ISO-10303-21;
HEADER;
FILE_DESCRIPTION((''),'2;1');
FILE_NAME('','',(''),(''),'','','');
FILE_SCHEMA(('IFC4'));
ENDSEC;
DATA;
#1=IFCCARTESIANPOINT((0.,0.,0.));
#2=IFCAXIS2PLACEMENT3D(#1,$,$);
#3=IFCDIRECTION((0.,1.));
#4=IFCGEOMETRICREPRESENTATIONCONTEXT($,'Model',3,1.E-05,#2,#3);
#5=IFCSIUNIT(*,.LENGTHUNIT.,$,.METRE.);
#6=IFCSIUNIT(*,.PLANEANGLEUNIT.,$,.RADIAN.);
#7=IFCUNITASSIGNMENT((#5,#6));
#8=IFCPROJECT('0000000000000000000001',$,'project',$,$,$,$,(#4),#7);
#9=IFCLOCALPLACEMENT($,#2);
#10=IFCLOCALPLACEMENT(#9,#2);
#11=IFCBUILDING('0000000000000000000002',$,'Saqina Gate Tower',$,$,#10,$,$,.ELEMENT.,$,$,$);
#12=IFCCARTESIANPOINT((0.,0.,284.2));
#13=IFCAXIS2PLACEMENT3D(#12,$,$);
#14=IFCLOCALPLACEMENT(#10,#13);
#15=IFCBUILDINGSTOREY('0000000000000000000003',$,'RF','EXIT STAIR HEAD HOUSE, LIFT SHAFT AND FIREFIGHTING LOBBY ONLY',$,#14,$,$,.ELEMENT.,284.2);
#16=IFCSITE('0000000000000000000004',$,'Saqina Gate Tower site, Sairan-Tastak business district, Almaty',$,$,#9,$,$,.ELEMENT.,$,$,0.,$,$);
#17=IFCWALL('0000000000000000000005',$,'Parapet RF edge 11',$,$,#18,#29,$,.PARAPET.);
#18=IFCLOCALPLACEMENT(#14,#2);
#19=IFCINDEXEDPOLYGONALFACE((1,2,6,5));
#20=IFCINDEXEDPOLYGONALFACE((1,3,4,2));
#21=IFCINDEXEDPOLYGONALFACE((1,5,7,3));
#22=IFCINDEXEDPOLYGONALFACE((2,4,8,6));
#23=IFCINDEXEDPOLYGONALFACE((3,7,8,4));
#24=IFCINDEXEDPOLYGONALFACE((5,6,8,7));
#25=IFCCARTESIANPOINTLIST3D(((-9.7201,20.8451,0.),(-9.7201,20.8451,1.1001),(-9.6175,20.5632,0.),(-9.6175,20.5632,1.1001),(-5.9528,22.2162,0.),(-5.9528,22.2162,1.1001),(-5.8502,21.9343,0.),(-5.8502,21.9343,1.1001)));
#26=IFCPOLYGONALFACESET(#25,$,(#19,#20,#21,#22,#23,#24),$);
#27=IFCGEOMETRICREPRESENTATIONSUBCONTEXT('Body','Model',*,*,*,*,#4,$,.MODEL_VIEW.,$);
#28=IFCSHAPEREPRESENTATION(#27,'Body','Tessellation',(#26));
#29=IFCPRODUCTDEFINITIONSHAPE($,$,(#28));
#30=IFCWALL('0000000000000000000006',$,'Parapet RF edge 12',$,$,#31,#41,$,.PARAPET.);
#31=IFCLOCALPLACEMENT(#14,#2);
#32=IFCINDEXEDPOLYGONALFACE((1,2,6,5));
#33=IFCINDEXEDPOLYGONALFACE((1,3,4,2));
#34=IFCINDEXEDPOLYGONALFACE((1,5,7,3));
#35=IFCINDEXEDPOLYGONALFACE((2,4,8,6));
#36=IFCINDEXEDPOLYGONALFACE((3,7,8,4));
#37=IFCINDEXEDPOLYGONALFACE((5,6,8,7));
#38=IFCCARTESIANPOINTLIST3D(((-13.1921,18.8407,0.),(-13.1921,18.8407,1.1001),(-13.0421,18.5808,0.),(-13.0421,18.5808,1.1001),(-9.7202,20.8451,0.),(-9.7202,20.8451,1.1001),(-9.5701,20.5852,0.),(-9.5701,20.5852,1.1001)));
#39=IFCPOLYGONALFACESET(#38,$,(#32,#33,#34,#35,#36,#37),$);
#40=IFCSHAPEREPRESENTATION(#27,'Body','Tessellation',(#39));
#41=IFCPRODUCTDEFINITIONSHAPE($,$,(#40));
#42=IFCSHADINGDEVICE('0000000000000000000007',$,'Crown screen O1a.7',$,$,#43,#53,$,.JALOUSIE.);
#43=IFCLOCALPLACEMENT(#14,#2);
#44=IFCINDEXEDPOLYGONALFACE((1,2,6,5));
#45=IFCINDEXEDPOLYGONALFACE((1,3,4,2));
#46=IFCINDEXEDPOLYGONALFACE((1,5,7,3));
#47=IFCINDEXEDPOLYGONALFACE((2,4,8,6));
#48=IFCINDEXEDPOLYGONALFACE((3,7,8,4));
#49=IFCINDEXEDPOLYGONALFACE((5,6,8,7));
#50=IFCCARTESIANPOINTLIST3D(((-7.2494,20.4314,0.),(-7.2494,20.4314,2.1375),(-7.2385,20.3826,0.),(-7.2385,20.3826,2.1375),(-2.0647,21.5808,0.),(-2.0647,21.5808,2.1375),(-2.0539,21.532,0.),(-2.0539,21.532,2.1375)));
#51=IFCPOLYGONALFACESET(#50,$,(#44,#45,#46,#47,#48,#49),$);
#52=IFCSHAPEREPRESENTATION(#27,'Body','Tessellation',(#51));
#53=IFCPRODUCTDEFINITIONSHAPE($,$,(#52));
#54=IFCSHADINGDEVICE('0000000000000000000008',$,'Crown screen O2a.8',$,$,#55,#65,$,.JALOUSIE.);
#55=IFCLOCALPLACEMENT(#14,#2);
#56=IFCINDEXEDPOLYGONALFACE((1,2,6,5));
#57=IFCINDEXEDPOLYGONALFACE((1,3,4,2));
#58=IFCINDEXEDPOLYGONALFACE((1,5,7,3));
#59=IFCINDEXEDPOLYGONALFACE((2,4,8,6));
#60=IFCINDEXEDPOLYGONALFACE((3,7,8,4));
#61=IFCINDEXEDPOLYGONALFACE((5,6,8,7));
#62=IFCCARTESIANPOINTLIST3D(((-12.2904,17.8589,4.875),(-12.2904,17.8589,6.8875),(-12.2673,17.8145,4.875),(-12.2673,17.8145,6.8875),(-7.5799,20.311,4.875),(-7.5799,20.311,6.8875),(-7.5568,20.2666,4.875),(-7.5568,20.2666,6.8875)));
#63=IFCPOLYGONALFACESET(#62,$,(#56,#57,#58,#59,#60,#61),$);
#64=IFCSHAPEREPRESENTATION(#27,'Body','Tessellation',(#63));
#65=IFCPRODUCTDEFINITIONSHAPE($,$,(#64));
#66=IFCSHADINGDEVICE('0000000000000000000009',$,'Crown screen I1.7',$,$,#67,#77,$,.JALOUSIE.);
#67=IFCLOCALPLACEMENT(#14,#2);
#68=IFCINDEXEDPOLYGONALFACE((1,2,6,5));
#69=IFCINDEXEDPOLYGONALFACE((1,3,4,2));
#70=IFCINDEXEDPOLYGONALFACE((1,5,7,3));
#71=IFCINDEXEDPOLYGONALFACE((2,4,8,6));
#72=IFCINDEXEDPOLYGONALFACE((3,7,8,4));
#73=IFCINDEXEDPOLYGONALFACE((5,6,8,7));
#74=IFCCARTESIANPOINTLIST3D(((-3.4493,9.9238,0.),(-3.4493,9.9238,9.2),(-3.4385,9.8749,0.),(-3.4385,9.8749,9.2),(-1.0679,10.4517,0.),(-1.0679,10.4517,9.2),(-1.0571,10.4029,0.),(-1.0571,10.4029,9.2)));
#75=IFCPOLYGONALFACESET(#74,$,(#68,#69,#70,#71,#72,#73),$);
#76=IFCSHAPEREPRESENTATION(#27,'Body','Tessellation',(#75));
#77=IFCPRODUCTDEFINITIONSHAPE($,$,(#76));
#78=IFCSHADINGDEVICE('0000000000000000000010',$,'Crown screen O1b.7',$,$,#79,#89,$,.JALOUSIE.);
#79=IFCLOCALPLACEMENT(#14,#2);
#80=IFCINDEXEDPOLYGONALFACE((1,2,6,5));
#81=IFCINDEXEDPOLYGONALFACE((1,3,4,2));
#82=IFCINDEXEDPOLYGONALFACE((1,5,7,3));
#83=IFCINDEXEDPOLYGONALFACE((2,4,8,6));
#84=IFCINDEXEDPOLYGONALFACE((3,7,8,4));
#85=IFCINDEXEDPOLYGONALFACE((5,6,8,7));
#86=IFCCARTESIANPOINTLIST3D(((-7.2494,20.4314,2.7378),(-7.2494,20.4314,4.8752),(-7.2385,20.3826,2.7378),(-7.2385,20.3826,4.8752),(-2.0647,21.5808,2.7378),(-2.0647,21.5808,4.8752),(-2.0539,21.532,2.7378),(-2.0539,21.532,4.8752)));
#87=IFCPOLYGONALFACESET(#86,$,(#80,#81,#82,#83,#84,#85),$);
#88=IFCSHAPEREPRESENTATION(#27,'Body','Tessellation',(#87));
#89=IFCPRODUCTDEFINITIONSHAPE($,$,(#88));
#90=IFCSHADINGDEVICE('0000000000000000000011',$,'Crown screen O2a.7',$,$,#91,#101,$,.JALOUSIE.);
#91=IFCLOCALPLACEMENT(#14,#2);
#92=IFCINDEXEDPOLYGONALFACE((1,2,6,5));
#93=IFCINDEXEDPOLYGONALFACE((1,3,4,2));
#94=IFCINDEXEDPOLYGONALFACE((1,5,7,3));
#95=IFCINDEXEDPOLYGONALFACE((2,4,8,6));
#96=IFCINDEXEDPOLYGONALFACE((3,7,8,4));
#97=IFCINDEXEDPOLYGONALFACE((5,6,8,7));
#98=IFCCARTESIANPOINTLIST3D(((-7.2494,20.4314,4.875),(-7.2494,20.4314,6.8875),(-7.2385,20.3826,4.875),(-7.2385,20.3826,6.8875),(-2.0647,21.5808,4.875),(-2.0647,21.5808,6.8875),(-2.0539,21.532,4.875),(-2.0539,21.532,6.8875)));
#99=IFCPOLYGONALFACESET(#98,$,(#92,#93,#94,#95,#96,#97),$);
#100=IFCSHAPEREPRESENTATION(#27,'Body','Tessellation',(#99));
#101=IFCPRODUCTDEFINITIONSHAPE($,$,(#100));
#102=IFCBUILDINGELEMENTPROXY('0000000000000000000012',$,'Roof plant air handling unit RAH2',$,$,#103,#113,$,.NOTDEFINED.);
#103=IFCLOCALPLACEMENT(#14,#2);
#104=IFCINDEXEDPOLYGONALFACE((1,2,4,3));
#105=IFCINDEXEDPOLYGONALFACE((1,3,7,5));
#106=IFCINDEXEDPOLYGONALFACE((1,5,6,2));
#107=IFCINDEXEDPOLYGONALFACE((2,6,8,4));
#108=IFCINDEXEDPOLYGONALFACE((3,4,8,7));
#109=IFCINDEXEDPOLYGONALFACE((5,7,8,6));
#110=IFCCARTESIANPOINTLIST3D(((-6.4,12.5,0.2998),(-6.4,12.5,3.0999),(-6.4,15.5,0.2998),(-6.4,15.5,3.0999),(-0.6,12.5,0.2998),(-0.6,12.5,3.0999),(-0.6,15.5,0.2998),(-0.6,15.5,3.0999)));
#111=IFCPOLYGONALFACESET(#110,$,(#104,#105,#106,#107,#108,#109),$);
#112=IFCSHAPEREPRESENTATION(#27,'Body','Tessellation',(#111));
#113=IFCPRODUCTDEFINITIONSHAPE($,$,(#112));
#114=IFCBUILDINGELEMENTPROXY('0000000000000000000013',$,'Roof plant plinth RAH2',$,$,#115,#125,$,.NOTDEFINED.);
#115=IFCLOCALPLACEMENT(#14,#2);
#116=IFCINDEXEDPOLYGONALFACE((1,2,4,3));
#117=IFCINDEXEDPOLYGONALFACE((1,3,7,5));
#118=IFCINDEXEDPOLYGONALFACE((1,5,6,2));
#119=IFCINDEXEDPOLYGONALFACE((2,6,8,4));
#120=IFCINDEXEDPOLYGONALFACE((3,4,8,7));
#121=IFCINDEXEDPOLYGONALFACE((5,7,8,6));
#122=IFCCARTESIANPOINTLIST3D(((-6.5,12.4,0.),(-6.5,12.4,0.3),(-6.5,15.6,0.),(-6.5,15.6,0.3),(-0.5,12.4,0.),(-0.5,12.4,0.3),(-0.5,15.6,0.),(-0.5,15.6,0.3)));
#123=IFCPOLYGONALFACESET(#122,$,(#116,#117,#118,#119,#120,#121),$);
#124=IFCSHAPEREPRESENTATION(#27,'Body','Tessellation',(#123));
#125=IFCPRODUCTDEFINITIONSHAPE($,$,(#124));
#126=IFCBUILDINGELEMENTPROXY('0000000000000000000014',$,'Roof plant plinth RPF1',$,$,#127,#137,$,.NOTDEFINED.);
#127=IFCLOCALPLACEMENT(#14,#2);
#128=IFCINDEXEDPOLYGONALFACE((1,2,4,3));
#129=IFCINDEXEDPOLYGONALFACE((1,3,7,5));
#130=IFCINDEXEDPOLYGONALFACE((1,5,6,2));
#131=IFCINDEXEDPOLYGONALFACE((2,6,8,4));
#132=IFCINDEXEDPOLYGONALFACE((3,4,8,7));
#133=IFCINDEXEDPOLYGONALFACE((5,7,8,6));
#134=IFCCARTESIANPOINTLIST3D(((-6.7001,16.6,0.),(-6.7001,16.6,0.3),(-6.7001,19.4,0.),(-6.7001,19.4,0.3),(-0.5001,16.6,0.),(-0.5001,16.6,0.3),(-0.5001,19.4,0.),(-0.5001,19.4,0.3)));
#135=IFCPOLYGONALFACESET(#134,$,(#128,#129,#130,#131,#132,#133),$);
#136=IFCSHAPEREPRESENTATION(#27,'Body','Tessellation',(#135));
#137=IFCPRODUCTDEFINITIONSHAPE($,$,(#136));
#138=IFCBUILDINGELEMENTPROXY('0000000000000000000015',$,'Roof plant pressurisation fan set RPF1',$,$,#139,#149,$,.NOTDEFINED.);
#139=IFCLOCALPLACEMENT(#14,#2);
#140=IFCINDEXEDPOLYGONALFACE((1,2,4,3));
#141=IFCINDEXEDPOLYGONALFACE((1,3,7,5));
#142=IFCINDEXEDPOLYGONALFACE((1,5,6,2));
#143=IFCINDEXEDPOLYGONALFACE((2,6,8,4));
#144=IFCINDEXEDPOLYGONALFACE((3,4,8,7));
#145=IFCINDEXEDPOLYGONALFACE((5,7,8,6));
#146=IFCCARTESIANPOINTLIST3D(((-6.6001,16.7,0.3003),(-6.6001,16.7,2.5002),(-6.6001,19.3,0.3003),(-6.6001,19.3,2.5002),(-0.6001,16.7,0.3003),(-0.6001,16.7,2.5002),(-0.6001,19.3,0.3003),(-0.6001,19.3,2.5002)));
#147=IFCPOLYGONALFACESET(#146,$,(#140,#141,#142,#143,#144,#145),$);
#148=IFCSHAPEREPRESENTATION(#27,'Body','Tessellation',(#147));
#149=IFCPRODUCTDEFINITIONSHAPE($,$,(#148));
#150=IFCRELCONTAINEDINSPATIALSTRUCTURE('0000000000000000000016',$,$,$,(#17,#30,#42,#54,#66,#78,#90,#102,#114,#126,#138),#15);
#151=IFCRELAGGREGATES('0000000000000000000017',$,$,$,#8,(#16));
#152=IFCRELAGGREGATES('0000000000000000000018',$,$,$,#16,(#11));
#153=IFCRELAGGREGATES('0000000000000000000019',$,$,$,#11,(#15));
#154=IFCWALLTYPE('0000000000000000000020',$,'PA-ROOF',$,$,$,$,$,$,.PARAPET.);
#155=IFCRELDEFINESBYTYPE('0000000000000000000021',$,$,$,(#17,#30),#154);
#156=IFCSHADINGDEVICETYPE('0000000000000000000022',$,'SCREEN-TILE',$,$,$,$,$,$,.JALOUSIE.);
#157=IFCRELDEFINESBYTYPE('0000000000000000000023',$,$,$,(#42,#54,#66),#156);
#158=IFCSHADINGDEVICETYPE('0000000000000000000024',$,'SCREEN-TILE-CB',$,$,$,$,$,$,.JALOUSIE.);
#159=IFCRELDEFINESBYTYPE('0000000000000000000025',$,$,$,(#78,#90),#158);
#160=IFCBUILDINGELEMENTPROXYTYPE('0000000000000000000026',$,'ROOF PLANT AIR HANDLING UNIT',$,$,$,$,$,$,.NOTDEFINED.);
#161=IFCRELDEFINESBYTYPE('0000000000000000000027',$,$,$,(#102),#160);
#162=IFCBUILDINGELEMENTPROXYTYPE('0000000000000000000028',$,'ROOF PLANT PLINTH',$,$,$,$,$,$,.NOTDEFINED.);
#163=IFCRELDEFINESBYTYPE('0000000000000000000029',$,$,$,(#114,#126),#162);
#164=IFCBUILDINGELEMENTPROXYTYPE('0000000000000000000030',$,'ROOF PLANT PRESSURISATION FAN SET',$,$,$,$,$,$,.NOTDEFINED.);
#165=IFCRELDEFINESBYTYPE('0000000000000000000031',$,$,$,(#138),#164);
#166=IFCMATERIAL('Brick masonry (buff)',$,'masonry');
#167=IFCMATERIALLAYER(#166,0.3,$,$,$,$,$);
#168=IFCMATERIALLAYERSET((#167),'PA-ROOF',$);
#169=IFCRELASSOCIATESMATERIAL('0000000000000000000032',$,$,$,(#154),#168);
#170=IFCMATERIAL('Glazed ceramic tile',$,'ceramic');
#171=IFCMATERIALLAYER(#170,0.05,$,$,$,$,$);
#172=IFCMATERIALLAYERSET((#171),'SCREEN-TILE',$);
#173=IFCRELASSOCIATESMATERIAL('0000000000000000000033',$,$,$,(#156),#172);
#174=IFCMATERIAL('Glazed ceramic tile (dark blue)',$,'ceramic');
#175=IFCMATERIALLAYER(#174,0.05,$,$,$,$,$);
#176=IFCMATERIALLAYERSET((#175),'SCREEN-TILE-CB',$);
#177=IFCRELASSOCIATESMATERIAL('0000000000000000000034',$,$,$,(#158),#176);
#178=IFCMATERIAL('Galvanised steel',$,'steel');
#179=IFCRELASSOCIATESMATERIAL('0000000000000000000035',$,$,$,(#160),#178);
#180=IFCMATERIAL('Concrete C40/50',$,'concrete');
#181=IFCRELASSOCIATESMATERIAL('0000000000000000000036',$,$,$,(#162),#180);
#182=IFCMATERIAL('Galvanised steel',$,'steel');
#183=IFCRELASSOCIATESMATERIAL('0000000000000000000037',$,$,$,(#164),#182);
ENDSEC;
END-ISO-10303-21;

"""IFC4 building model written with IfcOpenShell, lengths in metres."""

from ifc_helpers import new_model, si_unit, direction, frame, frame_2d, origin, origin_2d, place, context, subcontext, project, spatial, rectangle, extrude, material, layer, layer_set, type_object, element, save


model = new_model("IFC4")

# Units and contexts
model_context = context("Model", 3, precision=1e-05, world=origin(), true_north=direction((0.0, 1.0)))
body_context = subcontext(model_context, "Body", "Model", "MODEL_VIEW")
ifc_project = project(units=[si_unit("LENGTHUNIT", "METRE"), si_unit("PLANEANGLEUNIT", "RADIAN")], contexts=[model_context])

# Site, building, storey
site_placement = place(None, origin())
site = spatial("IfcSite", under=ifc_project, at=site_placement, Name="Saqina Gate Tower site, Sairan-Tastak business district, Almaty", CompositionType="ELEMENT", RefElevation=0.0)
building_placement = place(site_placement, origin())
building = spatial("IfcBuilding", under=site, at=building_placement, Name="Saqina Gate Tower", CompositionType="ELEMENT")
storey_placement = place(building_placement, frame((0.0, 0.0, 284.2)))
storey = spatial("IfcBuildingStorey", under=building, at=storey_placement, Name="RF", Description="EXIT STAIR HEAD HOUSE, LIFT SHAFT AND FIREFIGHTING LOBBY ONLY", CompositionType="ELEMENT", Elevation=284.2)

# Walls
ifc_material_1 = material(Name="Brick masonry (buff)", Category="masonry")
ifc_layer_1 = layer(ifc_material_1, 0.3)
ifc_layer_set_1 = layer_set([ifc_layer_1], Name="PA-ROOF")
wall_type = type_object("IfcWallType", Name="PA-ROOF", PredefinedType="PARAPET", material=ifc_layer_set_1)
for number, where, z_axis, x_axis, name in (
    (1, (-5.9016, 22.0752, 0.0), (0.0, 0.0, 1.0), (-0.939701, -0.341997, 0.0), "Parapet RF edge 11"),
    (2, (-9.6453, 20.7151, 0.0), (0.0, 0.0, 1.0), (-0.866039, -0.499977, 0.0), "Parapet RF edge 12"),
):
    element("IfcWall", number, at=place(storey_placement, frame(where, z_axis=z_axis, x_axis=x_axis)), inside=storey, type_object=wall_type, Name=name, PredefinedType="PARAPET", context=body_context, shape_type="SweptSolid", body=[
        extrude(rectangle(XDim=4.009, YDim=0.3, at=frame_2d((2.0044, 0.0))), origin(), (0.0, 0.0, 1.0), 1.1001),
    ])

# Shading devices
ifc_material_2 = material(Name="Glazed ceramic tile", Category="ceramic")
ifc_layer_2 = layer(ifc_material_2, 0.05)
ifc_layer_set_2 = layer_set([ifc_layer_2], Name="SCREEN-TILE")
shading_device_type_1 = type_object("IfcShadingDeviceType", Name="SCREEN-TILE", PredefinedType="JALOUSIE", material=ifc_layer_set_2)
shading_device_1_placement = place(storey_placement, frame((-4.6516, 20.9817, 0.0), z_axis=(0.0, 0.0, 1.0), x_axis=(-0.976296, -0.21644, 0.0)))
element("IfcShadingDevice", 3, at=shading_device_1_placement, inside=storey, type_object=shading_device_type_1, Name="Crown screen O1a.7", PredefinedType="JALOUSIE", context=body_context, shape_type="SweptSolid", body=[
    extrude(rectangle(XDim=5.3105, YDim=0.05, at=origin_2d()), origin(), (0.0, 0.0, 1.0), 2.1375),
])
shading_device_2_placement = place(storey_placement, frame((-9.9236, 19.0627, 4.875), z_axis=(0.0, 0.0, 1.0), x_axis=(-0.887011, -0.461749, 0.0)))
element("IfcShadingDevice", 4, at=shading_device_2_placement, inside=storey, type_object=shading_device_type_1, Name="Crown screen O2a.8", PredefinedType="JALOUSIE", context=body_context, shape_type="SweptSolid", body=[
    extrude(rectangle(XDim=5.3105, YDim=0.05, at=origin_2d()), origin(), (0.0, 0.0, 1.0), 2.0125),
])
shading_device_3_placement = place(storey_placement, frame((-2.2532, 10.1633, 0.0), z_axis=(0.0, 0.0, 1.0), x_axis=(-0.976296, -0.21644, 0.0)))
element("IfcShadingDevice", 5, at=shading_device_3_placement, inside=storey, type_object=shading_device_type_1, Name="Crown screen I1.7", PredefinedType="JALOUSIE", context=body_context, shape_type="SweptSolid", body=[
    extrude(rectangle(XDim=2.4392, YDim=0.05, at=origin_2d()), origin(), (0.0, 0.0, 1.0), 9.2),
])
ifc_material_3 = material(Name="Glazed ceramic tile (dark blue)", Category="ceramic")
ifc_layer_3 = layer(ifc_material_3, 0.05)
ifc_layer_set_3 = layer_set([ifc_layer_3], Name="SCREEN-TILE-CB")
shading_device_type_2 = type_object("IfcShadingDeviceType", Name="SCREEN-TILE-CB", PredefinedType="JALOUSIE", material=ifc_layer_set_3)
shading_device_4_placement = place(storey_placement, frame((-4.6516, 20.9817, 2.7378), z_axis=(0.0, 0.0, 1.0), x_axis=(-0.976296, -0.21644, 0.0)))
element("IfcShadingDevice", 6, at=shading_device_4_placement, inside=storey, type_object=shading_device_type_2, Name="Crown screen O1b.7", PredefinedType="JALOUSIE", context=body_context, shape_type="SweptSolid", body=[
    extrude(rectangle(XDim=5.3105, YDim=0.05, at=origin_2d()), origin(), (0.0, 0.0, 1.0), 2.1375),
])
shading_device_5_placement = place(storey_placement, frame((-4.6516, 20.9817, 4.875), z_axis=(0.0, 0.0, 1.0), x_axis=(-0.976296, -0.21644, 0.0)))
element("IfcShadingDevice", 7, at=shading_device_5_placement, inside=storey, type_object=shading_device_type_2, Name="Crown screen O2a.7", PredefinedType="JALOUSIE", context=body_context, shape_type="SweptSolid", body=[
    extrude(rectangle(XDim=5.3105, YDim=0.05, at=origin_2d()), origin(), (0.0, 0.0, 1.0), 2.0125),
])

# Building element proxies
ifc_material_4 = material(Name="Galvanised steel", Category="steel")
building_element_proxy_type_1 = type_object("IfcBuildingElementProxyType", Name="ROOF PLANT AIR HANDLING UNIT", PredefinedType="NOTDEFINED", material=ifc_material_4)
proxy_1_placement = place(storey_placement, frame((-3.5, 14.0, 0.2998), z_axis=(0.0, 0.0, 1.0), x_axis=(1.0, 0.0, 0.0)))
element("IfcBuildingElementProxy", 8, at=proxy_1_placement, inside=storey, type_object=building_element_proxy_type_1, Name="Roof plant air handling unit RAH2", PredefinedType="NOTDEFINED", context=body_context, shape_type="SweptSolid", body=[
    extrude(rectangle(XDim=5.8, YDim=3.0, at=origin_2d()), origin(), (0.0, 0.0, 1.0), 2.8),
])
ifc_material_5 = material(Name="Concrete C40/50", Category="concrete")
building_element_proxy_type_2 = type_object("IfcBuildingElementProxyType", Name="ROOF PLANT PLINTH", PredefinedType="NOTDEFINED", material=ifc_material_5)
proxy_2_placement = place(storey_placement, frame((-3.5, 14.0, 0.0), z_axis=(0.0, 0.0, 1.0), x_axis=(1.0, 0.0, 0.0)))
element("IfcBuildingElementProxy", 9, at=proxy_2_placement, inside=storey, type_object=building_element_proxy_type_2, Name="Roof plant plinth RAH2", PredefinedType="NOTDEFINED", context=body_context, shape_type="SweptSolid", body=[
    extrude(rectangle(XDim=6.0, YDim=3.2, at=origin_2d()), origin(), (0.0, 0.0, 1.0), 0.3),
])
proxy_3_placement = place(storey_placement, frame((-3.6001, 18.0, 0.0), z_axis=(0.0, 0.0, 1.0), x_axis=(1.0, 0.0, 0.0)))
element("IfcBuildingElementProxy", 10, at=proxy_3_placement, inside=storey, type_object=building_element_proxy_type_2, Name="Roof plant plinth RPF1", PredefinedType="NOTDEFINED", context=body_context, shape_type="SweptSolid", body=[
    extrude(rectangle(XDim=6.2, YDim=2.8, at=origin_2d()), origin(), (0.0, 0.0, 1.0), 0.3),
])
ifc_material_6 = material(Name="Galvanised steel", Category="steel")
building_element_proxy_type_3 = type_object("IfcBuildingElementProxyType", Name="ROOF PLANT PRESSURISATION FAN SET", PredefinedType="NOTDEFINED", material=ifc_material_6)
proxy_4_placement = place(storey_placement, frame((-3.6001, 18.0, 0.3003), z_axis=(0.0, 0.0, 1.0), x_axis=(1.0, 0.0, 0.0)))
element("IfcBuildingElementProxy", 11, at=proxy_4_placement, inside=storey, type_object=building_element_proxy_type_3, Name="Roof plant pressurisation fan set RPF1", PredefinedType="NOTDEFINED", context=body_context, shape_type="SweptSolid", body=[
    extrude(rectangle(XDim=6.0, YDim=2.6001, at=origin_2d()), origin(), (0.0, 0.0, 1.0), 2.2),
])

save(model, "model.ifc")
